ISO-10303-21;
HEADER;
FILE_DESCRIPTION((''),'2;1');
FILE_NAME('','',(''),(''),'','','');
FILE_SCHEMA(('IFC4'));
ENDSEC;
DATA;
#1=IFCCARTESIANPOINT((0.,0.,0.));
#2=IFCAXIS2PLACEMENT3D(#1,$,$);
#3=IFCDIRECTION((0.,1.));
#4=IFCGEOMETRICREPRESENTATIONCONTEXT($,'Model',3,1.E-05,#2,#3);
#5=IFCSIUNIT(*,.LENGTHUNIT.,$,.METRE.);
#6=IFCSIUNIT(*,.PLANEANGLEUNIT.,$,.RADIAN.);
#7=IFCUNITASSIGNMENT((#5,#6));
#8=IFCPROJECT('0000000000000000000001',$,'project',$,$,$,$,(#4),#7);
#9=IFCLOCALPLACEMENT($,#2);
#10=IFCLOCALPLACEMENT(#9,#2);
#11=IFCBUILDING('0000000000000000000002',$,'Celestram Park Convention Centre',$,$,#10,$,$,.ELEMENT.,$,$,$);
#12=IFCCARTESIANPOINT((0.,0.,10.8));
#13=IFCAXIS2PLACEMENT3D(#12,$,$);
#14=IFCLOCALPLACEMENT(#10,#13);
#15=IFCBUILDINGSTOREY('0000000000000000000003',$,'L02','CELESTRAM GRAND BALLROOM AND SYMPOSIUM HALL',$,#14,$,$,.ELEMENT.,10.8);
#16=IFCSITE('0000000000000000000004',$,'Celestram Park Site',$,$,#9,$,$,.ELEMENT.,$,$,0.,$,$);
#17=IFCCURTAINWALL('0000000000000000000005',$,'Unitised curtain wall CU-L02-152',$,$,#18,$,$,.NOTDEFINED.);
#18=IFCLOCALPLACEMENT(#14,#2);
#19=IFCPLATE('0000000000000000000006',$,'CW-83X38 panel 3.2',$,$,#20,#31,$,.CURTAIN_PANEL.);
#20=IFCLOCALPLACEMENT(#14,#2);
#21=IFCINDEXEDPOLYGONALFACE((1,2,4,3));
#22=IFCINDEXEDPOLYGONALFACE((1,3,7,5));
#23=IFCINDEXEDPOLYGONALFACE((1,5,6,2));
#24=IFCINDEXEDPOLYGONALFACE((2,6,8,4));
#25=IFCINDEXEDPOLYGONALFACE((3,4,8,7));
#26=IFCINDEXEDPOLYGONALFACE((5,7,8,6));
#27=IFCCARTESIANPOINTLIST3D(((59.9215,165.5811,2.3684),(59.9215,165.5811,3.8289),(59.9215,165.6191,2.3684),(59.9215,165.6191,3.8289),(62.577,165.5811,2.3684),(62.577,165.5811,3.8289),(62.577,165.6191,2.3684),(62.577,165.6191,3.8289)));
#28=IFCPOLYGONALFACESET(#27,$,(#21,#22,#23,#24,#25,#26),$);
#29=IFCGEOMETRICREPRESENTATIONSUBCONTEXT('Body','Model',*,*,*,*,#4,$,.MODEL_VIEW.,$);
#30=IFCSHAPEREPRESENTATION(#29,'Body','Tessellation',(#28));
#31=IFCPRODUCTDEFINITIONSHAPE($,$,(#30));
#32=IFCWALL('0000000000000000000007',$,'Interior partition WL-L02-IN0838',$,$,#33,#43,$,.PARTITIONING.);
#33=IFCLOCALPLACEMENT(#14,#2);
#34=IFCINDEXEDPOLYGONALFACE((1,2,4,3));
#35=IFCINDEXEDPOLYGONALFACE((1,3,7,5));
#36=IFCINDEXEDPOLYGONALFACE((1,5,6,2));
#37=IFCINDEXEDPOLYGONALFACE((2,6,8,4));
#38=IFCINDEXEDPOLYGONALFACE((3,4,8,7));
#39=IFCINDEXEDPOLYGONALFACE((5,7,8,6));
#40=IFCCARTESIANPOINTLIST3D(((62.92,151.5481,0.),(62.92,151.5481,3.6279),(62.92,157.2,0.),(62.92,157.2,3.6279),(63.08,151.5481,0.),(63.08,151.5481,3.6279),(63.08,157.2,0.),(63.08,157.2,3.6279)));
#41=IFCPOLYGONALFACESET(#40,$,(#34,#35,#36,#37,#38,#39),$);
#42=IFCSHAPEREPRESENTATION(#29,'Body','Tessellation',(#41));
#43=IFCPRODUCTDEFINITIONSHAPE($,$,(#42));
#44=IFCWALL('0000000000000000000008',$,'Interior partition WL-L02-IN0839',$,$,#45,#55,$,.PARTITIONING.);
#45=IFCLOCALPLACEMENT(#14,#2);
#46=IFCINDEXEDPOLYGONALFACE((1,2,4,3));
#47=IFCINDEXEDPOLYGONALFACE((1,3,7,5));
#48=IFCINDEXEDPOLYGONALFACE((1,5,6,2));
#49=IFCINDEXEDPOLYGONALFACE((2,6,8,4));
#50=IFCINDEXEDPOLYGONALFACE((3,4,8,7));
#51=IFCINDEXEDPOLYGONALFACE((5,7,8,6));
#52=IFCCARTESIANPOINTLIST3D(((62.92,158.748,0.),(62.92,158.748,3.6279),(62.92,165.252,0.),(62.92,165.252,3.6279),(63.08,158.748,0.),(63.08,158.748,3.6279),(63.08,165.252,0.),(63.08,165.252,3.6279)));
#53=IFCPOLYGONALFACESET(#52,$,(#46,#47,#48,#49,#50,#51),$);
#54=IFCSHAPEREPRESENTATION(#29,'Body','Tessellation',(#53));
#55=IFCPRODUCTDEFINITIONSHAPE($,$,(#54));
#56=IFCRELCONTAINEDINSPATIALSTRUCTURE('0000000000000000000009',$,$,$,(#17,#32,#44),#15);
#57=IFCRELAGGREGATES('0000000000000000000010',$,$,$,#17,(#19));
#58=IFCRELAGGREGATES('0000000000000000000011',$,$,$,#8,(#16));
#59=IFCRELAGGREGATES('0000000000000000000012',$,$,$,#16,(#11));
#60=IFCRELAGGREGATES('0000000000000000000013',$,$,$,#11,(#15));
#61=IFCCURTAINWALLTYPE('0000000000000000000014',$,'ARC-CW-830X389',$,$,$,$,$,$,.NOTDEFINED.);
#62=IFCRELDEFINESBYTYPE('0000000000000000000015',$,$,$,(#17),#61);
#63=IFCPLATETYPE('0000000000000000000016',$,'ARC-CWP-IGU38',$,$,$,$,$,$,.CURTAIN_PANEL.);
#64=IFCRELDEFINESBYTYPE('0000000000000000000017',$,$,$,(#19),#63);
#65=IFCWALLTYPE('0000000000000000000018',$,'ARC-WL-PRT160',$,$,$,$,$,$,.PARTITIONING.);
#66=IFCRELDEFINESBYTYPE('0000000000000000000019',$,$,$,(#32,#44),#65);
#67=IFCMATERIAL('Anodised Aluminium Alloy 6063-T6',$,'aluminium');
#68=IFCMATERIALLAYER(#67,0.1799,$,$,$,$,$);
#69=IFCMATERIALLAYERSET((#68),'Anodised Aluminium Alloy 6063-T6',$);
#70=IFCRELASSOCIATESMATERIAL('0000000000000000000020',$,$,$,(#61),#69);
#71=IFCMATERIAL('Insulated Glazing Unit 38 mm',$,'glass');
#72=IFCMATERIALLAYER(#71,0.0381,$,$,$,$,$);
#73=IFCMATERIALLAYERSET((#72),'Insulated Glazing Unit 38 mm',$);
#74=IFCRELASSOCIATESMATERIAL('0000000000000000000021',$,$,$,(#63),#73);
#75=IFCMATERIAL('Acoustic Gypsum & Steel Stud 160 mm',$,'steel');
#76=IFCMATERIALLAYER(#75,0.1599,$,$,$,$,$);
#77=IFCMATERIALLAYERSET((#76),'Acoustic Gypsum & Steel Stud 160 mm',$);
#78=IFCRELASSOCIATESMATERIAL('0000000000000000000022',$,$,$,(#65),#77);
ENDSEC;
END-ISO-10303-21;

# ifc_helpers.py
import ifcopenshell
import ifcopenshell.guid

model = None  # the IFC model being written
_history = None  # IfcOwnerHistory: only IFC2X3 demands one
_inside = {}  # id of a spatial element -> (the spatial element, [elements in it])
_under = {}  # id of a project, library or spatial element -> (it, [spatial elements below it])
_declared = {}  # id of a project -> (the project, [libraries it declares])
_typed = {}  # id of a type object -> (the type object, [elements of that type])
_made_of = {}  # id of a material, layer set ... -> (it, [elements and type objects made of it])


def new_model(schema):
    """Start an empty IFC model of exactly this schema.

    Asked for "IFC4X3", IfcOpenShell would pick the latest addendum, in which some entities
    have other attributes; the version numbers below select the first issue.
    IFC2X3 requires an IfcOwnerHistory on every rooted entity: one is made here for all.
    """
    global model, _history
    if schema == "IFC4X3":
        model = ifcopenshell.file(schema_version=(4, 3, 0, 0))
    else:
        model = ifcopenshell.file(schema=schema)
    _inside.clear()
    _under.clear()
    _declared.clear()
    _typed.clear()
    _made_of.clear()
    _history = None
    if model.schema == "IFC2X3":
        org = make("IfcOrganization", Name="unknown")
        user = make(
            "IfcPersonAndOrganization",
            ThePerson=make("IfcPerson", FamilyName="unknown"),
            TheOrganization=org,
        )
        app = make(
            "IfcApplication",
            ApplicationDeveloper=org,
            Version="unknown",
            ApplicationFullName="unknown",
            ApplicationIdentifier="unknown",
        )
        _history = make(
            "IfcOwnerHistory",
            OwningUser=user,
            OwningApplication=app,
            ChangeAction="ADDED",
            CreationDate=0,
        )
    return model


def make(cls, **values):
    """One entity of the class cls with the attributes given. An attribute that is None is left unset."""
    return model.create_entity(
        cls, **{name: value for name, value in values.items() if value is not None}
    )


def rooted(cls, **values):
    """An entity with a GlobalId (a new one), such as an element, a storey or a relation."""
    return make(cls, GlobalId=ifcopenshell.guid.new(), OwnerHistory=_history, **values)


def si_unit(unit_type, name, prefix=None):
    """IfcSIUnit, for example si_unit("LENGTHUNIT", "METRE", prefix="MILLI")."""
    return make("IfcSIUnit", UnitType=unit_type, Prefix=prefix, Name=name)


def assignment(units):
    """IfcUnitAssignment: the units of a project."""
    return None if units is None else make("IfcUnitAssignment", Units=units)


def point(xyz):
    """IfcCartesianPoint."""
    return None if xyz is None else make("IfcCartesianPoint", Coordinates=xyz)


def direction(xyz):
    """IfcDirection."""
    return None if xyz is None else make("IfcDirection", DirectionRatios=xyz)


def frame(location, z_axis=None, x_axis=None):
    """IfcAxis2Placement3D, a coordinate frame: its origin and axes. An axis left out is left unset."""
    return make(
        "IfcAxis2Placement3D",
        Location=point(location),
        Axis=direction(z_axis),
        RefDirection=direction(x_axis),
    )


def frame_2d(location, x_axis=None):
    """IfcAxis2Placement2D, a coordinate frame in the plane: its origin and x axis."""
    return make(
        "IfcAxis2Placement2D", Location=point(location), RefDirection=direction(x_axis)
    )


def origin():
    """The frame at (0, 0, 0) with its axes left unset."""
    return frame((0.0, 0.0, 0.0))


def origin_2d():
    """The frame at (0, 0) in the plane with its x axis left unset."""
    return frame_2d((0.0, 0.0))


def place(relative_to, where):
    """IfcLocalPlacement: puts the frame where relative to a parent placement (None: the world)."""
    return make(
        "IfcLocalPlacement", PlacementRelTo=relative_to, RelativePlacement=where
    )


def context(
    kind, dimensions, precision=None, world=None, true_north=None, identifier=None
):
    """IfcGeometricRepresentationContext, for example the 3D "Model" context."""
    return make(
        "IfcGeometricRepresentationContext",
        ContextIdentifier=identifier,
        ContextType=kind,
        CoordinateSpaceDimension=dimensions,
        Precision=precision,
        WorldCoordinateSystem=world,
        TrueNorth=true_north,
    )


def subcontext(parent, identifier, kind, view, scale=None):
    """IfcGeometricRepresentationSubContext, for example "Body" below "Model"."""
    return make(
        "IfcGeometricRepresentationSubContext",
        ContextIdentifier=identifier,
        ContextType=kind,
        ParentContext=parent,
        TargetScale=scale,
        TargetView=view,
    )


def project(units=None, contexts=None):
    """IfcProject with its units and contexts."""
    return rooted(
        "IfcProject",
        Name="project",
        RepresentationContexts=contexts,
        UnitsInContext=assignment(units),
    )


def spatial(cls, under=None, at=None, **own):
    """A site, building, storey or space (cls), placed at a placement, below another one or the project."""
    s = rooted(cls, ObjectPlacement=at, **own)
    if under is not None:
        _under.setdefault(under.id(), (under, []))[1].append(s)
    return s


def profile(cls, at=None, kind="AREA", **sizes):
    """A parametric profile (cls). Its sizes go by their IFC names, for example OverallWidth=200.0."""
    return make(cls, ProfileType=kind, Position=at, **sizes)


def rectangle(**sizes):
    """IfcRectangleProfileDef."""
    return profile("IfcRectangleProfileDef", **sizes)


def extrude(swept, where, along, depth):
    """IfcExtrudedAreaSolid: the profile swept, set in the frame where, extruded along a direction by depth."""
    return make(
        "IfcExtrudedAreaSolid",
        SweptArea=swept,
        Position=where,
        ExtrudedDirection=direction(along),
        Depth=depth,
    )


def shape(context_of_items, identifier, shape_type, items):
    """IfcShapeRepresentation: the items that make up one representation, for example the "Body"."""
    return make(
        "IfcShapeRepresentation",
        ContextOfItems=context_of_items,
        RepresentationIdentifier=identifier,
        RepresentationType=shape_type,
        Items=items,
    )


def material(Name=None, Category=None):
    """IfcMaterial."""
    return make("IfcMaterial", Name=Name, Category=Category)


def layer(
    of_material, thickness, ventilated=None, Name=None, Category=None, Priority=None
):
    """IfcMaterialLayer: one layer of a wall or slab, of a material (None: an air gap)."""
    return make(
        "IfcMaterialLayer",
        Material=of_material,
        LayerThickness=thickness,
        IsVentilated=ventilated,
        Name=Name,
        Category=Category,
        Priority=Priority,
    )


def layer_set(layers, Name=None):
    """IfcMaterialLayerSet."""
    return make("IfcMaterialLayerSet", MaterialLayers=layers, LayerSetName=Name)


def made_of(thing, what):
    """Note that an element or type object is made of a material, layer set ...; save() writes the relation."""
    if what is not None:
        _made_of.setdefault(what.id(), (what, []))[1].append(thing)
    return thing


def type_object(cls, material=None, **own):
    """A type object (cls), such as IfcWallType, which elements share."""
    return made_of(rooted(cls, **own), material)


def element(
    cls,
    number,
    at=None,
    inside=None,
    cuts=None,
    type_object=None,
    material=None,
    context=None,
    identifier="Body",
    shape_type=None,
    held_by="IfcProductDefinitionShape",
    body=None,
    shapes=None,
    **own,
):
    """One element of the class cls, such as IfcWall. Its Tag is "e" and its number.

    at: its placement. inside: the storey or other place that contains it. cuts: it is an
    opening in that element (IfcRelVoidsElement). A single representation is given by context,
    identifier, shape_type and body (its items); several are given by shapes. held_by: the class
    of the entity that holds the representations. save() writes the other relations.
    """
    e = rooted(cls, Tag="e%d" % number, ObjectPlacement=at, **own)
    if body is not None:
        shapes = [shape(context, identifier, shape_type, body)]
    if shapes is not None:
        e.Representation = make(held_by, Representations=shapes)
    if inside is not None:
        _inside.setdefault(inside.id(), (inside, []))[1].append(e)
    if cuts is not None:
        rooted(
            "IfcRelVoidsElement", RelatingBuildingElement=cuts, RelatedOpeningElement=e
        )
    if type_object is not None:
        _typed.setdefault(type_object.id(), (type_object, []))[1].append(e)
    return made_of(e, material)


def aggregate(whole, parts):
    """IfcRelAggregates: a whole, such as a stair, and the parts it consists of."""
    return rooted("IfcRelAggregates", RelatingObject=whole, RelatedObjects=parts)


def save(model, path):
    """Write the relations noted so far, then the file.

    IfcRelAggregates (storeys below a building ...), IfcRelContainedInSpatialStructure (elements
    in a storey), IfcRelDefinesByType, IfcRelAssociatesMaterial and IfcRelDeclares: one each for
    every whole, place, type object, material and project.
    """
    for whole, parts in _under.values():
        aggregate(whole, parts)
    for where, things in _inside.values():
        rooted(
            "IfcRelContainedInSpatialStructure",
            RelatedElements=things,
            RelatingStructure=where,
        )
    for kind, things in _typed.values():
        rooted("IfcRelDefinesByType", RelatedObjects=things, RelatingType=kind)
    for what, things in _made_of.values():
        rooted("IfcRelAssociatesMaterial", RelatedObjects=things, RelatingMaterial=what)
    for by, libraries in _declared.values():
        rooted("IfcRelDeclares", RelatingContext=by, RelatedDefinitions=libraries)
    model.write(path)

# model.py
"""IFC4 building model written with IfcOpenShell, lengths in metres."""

from ifc_helpers import new_model, si_unit, direction, frame, frame_2d, origin, origin_2d, place, context, subcontext, project, spatial, rectangle, extrude, material, layer, layer_set, type_object, element, aggregate, save


model = new_model("IFC4")

# Units and contexts
model_context = context("Model", 3, precision=1e-05, world=origin(), true_north=direction((0.0, 1.0)))
body_context = subcontext(model_context, "Body", "Model", "MODEL_VIEW")
ifc_project = project(units=[si_unit("LENGTHUNIT", "METRE"), si_unit("PLANEANGLEUNIT", "RADIAN")], contexts=[model_context])

# Site, building, storey
site_placement = place(None, origin())
site = spatial("IfcSite", under=ifc_project, at=site_placement, Name="Celestram Park Site", CompositionType="ELEMENT", RefElevation=0.0)
building_placement = place(site_placement, origin())
building = spatial("IfcBuilding", under=site, at=building_placement, Name="Celestram Park Convention Centre", CompositionType="ELEMENT")
storey_placement = place(building_placement, frame((0.0, 0.0, 10.8)))
storey = spatial("IfcBuildingStorey", under=building, at=storey_placement, Name="L02", Description="CELESTRAM GRAND BALLROOM AND SYMPOSIUM HALL", CompositionType="ELEMENT", Elevation=10.8)

# Curtain wall
ifc_material_1 = material(Name="Anodised Aluminium Alloy 6063-T6", Category="aluminium")
ifc_layer_1 = layer(ifc_material_1, 0.1799)
ifc_layer_set_1 = layer_set([ifc_layer_1], Name="Anodised Aluminium Alloy 6063-T6")
curtain_wall_type = type_object("IfcCurtainWallType", Name="ARC-CW-830X389", PredefinedType="NOTDEFINED", material=ifc_layer_set_1)
curtain_wall_placement = place(storey_placement, origin())
curtain_wall = element("IfcCurtainWall", 1, at=curtain_wall_placement, inside=storey, type_object=curtain_wall_type, Name="Unitised curtain wall CU-L02-152", PredefinedType="NOTDEFINED")

# Plate
ifc_material_2 = material(Name="Insulated Glazing Unit 38 mm", Category="glass")
ifc_layer_2 = layer(ifc_material_2, 0.0381)
ifc_layer_set_2 = layer_set([ifc_layer_2], Name="Insulated Glazing Unit 38 mm")
plate_type = type_object("IfcPlateType", Name="ARC-CWP-IGU38", PredefinedType="CURTAIN_PANEL", material=ifc_layer_set_2)
plate_1_placement = place(storey_placement, frame((61.2493, 165.6001, 2.3684), z_axis=(0.0, 0.0, 1.0), x_axis=(1.0, 0.0, 0.0)))
plate_1 = element("IfcPlate", 2, at=plate_1_placement, type_object=plate_type, Name="CW-83X38 panel 3.2", PredefinedType="CURTAIN_PANEL", context=body_context, shape_type="SweptSolid", body=[
    extrude(rectangle(XDim=2.6555, YDim=0.0381, at=origin_2d()), origin(), (0.0, 0.0, 1.0), 1.4604),
])
aggregate(curtain_wall, [plate_1])

# Walls
ifc_material_3 = material(Name="Acoustic Gypsum & Steel Stud 160 mm", Category="steel")
ifc_layer_3 = layer(ifc_material_3, 0.1599)
ifc_layer_set_3 = layer_set([ifc_layer_3], Name="Acoustic Gypsum & Steel Stud 160 mm")
wall_type = type_object("IfcWallType", Name="ARC-WL-PRT160", PredefinedType="PARTITIONING", material=ifc_layer_set_3)
wall_1_placement = place(storey_placement, frame((63.0, 151.5481, 0.0), z_axis=(0.0, 0.0, 1.0), x_axis=(0.0, 1.0, 0.0)))
element("IfcWall", 3, at=wall_1_placement, inside=storey, type_object=wall_type, Name="Interior partition WL-L02-IN0838", PredefinedType="PARTITIONING", context=body_context, shape_type="SweptSolid", body=[
    extrude(rectangle(XDim=5.6519, YDim=0.1599, at=frame_2d((2.8259, 0.0))), origin(), (0.0, 0.0, 1.0), 3.6279),
])
wall_2_placement = place(storey_placement, frame((63.0, 158.748, 0.0), z_axis=(0.0, 0.0, 1.0), x_axis=(0.0, 1.0, 0.0)))
element("IfcWall", 4, at=wall_2_placement, inside=storey, type_object=wall_type, Name="Interior partition WL-L02-IN0839", PredefinedType="PARTITIONING", context=body_context, shape_type="SweptSolid", body=[
    extrude(rectangle(XDim=6.5039, YDim=0.1599, at=frame_2d((3.252, 0.0))), origin(), (0.0, 0.0, 1.0), 3.6279),
])

save(model, "model.ifc")
